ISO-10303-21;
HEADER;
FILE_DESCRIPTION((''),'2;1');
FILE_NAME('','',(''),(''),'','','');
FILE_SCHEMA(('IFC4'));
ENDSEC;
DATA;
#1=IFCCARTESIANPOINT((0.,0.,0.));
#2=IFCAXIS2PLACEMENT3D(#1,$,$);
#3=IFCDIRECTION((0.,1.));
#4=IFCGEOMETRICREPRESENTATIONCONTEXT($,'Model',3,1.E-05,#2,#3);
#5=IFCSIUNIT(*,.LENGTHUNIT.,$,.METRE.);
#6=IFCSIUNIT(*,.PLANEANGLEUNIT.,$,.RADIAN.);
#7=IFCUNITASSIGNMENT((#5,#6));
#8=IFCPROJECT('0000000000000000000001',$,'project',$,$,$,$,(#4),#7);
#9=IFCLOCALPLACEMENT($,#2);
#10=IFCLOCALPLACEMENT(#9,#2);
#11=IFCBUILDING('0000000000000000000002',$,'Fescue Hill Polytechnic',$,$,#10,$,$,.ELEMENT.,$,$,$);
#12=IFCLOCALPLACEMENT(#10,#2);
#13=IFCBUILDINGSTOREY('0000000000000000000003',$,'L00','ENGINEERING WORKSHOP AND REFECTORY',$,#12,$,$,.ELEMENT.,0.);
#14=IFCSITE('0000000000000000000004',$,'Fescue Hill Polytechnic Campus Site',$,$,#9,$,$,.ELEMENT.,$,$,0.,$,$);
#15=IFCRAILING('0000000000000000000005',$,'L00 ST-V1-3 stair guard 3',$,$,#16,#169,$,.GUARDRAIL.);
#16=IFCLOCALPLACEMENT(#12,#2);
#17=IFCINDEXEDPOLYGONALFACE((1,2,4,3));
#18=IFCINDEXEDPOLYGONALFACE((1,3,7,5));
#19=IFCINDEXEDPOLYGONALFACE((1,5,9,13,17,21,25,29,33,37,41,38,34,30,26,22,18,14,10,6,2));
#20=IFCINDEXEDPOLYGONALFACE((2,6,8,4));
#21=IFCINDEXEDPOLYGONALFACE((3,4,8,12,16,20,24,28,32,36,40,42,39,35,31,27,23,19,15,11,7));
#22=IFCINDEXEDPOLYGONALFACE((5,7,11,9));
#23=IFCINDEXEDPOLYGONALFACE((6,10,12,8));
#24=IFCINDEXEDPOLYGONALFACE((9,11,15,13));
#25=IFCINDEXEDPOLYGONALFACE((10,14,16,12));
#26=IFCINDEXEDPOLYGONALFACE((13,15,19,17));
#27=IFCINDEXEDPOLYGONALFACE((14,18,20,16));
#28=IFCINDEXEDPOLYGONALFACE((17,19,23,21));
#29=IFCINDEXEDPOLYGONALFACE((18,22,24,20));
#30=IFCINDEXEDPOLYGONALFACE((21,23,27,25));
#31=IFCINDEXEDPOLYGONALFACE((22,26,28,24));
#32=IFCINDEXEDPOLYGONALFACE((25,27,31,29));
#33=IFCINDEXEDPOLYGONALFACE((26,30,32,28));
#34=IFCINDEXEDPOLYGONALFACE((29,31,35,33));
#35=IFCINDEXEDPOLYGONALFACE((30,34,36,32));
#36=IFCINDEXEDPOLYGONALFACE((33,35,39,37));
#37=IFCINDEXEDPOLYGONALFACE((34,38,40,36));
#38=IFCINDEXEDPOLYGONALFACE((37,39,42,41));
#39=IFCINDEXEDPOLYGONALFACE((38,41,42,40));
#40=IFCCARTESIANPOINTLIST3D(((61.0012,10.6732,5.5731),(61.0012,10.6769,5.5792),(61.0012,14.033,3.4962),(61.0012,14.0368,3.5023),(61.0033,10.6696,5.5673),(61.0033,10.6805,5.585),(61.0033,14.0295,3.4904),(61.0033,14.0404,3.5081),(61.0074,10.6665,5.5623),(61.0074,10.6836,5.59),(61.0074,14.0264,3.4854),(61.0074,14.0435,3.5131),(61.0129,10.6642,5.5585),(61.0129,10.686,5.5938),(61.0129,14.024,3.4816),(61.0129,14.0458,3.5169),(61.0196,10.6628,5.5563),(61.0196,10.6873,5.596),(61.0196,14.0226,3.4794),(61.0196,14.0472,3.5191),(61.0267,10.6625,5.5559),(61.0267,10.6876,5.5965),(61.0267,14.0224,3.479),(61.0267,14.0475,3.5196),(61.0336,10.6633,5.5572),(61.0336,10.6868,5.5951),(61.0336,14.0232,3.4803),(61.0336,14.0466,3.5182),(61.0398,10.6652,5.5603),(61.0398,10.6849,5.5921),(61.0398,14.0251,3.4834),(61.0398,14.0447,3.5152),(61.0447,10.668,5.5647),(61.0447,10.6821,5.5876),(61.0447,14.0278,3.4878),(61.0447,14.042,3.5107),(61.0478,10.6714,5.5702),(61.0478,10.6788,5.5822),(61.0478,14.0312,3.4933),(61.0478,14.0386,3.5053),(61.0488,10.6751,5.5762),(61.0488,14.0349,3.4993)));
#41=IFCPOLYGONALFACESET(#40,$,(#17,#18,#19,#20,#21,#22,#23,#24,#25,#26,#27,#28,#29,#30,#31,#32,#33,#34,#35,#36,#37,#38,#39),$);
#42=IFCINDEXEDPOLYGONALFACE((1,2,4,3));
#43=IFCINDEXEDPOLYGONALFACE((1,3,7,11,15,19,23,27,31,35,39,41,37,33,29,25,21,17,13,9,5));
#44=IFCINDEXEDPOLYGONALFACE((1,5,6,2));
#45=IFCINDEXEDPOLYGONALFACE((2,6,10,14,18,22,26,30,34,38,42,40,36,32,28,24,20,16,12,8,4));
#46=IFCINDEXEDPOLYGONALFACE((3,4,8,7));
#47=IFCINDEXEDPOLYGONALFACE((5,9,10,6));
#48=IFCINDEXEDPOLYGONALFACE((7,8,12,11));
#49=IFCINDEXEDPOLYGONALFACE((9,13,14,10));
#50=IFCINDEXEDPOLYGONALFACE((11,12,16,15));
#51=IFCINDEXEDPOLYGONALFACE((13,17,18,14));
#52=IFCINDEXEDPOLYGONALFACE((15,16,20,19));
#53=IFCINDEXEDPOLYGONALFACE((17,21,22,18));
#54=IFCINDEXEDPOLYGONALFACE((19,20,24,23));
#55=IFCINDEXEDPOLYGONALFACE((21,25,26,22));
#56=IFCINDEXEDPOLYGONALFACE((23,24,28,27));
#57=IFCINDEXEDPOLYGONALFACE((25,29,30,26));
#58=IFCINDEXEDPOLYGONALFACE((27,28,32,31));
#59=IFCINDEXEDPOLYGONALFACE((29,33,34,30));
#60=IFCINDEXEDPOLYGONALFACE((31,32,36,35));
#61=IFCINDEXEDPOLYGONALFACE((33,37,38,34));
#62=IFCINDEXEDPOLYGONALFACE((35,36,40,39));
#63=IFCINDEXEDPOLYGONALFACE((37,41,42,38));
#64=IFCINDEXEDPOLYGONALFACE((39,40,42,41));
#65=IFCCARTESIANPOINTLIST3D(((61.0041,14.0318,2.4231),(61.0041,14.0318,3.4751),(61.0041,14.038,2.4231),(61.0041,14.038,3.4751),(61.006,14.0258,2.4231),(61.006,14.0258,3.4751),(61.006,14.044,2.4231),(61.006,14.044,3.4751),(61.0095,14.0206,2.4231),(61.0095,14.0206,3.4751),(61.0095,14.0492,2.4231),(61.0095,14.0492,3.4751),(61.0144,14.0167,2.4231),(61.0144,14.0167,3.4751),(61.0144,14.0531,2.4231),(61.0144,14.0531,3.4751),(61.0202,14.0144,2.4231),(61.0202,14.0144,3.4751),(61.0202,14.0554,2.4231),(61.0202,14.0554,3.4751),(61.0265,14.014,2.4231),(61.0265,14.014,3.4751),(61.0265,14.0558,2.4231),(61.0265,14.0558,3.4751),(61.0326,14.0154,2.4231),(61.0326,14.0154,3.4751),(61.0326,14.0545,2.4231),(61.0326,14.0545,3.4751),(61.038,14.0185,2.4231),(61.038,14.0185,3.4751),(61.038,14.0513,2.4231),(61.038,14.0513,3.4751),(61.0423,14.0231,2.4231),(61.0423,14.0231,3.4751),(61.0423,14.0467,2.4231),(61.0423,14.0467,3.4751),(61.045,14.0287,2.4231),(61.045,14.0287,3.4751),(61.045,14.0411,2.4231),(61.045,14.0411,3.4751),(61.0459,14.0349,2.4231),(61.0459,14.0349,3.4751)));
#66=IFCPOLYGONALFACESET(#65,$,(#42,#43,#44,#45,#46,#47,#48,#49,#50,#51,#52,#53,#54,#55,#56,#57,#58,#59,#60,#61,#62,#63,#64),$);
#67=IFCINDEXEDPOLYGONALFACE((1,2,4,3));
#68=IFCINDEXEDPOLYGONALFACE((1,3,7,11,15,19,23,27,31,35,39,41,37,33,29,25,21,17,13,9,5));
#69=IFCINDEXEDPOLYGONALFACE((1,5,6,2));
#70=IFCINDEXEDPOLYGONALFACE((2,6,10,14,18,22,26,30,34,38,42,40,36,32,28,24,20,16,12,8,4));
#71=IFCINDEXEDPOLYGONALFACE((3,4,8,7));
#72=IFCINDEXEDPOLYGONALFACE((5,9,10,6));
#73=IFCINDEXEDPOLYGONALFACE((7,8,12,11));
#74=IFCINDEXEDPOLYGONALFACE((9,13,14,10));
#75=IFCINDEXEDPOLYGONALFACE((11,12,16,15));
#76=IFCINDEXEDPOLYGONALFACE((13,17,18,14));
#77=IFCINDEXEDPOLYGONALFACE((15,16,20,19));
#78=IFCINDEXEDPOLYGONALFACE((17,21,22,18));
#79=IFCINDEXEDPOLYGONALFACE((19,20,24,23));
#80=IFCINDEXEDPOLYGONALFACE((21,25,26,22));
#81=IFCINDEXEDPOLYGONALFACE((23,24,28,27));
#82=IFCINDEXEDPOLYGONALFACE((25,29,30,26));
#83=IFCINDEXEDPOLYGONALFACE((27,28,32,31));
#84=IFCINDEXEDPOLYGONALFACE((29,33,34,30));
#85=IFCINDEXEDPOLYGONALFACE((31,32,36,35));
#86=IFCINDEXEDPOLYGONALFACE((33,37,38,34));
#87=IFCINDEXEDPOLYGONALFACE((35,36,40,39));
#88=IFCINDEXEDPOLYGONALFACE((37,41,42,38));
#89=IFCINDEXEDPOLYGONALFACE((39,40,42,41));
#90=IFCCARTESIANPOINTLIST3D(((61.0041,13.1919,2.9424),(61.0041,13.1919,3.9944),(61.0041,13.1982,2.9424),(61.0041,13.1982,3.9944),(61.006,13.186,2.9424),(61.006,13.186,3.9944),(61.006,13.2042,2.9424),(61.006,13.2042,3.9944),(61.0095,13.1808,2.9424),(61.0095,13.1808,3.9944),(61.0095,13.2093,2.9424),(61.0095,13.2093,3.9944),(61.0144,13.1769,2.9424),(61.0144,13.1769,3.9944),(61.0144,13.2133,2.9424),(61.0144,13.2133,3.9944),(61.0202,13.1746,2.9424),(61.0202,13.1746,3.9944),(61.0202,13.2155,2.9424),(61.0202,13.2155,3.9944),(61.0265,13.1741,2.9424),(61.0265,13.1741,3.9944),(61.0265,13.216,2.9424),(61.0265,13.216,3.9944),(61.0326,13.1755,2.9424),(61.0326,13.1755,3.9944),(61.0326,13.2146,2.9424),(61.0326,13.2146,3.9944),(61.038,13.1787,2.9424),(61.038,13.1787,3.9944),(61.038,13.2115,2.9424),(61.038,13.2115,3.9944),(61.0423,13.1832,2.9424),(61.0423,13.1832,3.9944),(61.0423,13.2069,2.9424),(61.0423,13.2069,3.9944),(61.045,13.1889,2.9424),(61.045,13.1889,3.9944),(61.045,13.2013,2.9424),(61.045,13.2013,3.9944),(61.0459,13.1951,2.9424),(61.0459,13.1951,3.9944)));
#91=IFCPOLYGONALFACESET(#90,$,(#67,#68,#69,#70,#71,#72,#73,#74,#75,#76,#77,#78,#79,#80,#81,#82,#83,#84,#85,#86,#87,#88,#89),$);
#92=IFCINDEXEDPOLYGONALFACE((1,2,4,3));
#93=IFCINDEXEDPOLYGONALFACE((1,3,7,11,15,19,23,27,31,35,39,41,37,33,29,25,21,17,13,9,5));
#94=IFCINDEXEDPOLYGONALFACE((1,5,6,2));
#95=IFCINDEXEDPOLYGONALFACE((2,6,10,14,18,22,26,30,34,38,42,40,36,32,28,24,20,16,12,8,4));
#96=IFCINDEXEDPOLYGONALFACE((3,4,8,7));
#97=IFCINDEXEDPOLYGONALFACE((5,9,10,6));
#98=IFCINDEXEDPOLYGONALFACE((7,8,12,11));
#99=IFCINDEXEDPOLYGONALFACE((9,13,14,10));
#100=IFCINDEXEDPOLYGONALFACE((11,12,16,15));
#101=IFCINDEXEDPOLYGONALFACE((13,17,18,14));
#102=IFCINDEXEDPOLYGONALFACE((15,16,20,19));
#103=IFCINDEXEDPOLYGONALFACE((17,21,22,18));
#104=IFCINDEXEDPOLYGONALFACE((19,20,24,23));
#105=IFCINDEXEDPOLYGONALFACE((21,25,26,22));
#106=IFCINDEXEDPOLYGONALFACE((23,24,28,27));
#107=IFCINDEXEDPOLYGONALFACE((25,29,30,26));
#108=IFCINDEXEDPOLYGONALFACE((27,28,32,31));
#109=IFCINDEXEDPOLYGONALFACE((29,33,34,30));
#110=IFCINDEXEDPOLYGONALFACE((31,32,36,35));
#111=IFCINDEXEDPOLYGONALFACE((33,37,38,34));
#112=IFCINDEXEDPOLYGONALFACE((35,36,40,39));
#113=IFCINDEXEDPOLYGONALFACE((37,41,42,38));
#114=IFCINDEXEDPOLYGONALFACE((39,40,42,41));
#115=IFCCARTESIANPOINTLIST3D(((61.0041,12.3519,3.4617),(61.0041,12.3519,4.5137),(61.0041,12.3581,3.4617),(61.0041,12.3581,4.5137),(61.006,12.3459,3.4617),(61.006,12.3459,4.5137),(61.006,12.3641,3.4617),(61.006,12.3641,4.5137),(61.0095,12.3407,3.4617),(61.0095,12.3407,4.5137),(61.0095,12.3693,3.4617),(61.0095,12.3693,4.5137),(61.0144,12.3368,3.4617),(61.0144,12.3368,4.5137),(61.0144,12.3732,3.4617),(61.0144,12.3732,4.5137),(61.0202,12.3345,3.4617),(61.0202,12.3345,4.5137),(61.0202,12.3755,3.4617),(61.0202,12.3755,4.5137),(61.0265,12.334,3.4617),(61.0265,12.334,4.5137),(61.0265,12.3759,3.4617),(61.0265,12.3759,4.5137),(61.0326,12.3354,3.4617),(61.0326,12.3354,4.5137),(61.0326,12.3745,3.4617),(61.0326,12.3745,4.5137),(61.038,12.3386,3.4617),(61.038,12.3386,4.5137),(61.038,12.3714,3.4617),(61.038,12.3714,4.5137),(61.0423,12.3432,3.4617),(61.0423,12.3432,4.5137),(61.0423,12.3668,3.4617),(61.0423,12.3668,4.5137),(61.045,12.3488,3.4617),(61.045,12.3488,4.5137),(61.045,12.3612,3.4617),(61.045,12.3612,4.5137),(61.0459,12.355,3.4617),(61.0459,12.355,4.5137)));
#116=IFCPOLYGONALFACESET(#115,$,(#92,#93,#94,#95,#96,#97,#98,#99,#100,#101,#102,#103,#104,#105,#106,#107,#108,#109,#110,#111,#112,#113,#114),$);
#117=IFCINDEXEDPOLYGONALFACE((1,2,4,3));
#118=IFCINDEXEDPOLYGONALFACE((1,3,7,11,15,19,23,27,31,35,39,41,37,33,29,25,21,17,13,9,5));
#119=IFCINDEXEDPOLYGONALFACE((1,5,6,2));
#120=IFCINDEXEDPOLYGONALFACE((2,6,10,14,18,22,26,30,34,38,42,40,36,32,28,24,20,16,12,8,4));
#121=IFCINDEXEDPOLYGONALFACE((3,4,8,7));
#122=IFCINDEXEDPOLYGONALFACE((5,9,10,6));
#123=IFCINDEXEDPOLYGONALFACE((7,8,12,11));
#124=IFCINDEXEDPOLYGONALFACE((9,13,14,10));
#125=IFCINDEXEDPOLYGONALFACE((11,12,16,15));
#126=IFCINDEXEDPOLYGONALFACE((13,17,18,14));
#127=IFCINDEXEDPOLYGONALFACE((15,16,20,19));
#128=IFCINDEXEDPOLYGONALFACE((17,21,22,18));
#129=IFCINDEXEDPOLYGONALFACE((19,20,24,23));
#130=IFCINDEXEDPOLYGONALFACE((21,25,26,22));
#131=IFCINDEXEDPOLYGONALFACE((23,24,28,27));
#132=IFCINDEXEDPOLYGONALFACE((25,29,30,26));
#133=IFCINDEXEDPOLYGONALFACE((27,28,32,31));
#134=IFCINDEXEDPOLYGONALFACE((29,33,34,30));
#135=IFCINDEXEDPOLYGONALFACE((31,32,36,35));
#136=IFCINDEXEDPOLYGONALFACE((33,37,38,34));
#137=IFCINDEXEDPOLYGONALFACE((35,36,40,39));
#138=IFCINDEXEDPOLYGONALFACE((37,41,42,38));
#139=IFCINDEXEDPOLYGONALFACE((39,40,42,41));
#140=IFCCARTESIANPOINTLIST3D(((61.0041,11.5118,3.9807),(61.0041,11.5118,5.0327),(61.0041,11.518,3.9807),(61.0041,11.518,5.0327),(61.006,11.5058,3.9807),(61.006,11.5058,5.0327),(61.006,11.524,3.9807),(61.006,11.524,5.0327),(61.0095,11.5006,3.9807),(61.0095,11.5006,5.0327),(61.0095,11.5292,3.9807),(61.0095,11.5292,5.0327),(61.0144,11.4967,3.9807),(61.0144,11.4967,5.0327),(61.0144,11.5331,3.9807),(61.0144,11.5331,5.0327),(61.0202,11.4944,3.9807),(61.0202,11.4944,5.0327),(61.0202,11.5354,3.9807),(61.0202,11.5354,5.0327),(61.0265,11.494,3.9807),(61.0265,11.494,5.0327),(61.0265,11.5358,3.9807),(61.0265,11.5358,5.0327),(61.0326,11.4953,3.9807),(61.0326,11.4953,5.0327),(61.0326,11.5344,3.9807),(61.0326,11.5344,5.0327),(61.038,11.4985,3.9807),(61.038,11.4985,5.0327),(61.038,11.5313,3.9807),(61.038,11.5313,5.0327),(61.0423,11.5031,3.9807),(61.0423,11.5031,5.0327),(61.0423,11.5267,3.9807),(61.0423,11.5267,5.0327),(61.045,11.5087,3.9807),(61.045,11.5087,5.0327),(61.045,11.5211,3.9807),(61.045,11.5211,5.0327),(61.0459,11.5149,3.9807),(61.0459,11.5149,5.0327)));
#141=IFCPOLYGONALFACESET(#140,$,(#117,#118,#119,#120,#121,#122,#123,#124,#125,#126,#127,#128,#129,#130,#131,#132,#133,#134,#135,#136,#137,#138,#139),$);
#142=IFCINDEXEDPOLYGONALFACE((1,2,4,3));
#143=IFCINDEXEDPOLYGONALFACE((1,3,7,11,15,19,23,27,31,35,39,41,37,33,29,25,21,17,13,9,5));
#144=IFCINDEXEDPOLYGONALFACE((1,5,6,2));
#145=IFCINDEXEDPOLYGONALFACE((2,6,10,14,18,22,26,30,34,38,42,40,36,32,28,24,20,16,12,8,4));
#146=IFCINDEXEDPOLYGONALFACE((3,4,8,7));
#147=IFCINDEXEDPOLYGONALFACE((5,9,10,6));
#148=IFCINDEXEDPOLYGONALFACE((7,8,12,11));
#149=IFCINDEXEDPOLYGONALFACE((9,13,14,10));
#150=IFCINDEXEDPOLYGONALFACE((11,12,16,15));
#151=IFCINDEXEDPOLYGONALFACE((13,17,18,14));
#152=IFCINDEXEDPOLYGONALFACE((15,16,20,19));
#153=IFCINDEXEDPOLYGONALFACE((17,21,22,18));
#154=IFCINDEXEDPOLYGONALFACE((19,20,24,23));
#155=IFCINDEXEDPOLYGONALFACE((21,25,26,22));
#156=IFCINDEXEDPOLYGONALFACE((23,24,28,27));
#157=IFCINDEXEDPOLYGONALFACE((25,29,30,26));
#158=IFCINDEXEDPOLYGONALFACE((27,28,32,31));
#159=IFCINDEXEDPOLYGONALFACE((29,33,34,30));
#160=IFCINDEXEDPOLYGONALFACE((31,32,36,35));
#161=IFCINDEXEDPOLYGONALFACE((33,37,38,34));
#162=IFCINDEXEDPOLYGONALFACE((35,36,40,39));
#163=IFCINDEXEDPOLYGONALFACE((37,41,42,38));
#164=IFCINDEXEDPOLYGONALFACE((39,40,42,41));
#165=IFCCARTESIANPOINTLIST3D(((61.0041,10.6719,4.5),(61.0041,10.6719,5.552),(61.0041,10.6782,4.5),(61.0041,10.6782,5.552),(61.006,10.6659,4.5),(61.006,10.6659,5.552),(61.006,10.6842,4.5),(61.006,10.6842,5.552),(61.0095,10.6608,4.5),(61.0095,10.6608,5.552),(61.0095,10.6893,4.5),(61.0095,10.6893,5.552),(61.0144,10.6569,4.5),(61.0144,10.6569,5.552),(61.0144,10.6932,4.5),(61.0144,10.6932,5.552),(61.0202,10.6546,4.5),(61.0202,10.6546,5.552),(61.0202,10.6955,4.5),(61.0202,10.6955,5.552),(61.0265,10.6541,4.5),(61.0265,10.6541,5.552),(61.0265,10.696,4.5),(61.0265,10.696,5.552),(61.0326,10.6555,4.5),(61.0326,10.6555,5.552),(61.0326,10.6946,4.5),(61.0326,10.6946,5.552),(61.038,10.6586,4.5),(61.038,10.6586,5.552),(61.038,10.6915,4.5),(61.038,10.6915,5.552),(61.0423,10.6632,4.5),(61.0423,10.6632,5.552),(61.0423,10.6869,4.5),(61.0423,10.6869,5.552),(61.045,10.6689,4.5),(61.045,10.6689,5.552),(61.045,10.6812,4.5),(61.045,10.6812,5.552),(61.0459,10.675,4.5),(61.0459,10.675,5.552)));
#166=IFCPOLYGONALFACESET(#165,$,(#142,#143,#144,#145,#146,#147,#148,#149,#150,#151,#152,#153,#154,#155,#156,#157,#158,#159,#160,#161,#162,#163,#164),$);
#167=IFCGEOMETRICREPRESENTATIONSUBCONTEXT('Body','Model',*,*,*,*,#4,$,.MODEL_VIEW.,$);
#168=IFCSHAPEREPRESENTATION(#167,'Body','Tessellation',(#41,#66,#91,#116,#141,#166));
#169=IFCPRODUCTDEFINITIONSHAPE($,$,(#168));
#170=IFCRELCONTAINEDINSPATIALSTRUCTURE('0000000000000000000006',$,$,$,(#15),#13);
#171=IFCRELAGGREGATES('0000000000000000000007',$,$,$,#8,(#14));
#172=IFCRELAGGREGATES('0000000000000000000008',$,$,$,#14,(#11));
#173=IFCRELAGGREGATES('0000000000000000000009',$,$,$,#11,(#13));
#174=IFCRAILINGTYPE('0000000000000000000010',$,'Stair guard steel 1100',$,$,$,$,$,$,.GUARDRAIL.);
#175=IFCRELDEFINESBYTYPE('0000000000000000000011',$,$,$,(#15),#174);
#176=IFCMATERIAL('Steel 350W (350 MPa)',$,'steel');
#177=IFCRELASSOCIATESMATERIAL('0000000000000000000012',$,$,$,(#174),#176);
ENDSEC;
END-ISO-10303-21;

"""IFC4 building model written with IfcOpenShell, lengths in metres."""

from ifc_helpers import new_model, si_unit, direction, frame, origin, origin_2d, place, context, subcontext, project, spatial, circle, extrude, material, type_object, element, save


model = new_model("IFC4")

# Units and contexts
model_context = context("Model", 3, precision=1e-05, world=origin(), true_north=direction((0.0, 1.0)))
body_context = subcontext(model_context, "Body", "Model", "MODEL_VIEW")
ifc_project = project(units=[si_unit("LENGTHUNIT", "METRE"), si_unit("PLANEANGLEUNIT", "RADIAN")], contexts=[model_context])

# Site, building, storey
site_placement = place(None, origin())
site = spatial("IfcSite", under=ifc_project, at=site_placement, Name="Fescue Hill Polytechnic Campus Site", CompositionType="ELEMENT", RefElevation=0.0)
building_placement = place(site_placement, origin())
building = spatial("IfcBuilding", under=site, at=building_placement, Name="Fescue Hill Polytechnic", CompositionType="ELEMENT")
storey_placement = place(building_placement, origin())
storey = spatial("IfcBuildingStorey", under=building, at=storey_placement, Name="L00", Description="ENGINEERING WORKSHOP AND REFECTORY", CompositionType="ELEMENT", Elevation=0.0)

# Railing
ifc_material_1 = material(Name="Steel 350W (350 MPa)", Category="steel")
railing_type_1 = type_object("IfcRailingType", Name="Stair guard steel 1100", PredefinedType="GUARDRAIL", material=ifc_material_1)
railing_1_placement = place(storey_placement, frame((61.0249, 14.0349, 2.4231)))
element("IfcRailing", 1, at=railing_1_placement, inside=storey, type_object=railing_type_1, Name="L00 ST-V1-3 stair guard 3", PredefinedType="GUARDRAIL", context=body_context, shape_type="SweptSolid", body=[
    extrude(circle(Radius=0.0239, at=origin_2d()), frame((0.0, 0.0, 1.0762), z_axis=(0.0, -0.850606, 0.525803), x_axis=(1.0, 0.0, 0.0)), (0.0, 0.0, 1.0), 3.95),
    extrude(circle(Radius=0.021, at=origin_2d()), origin(), (0.0, 0.0, 1.0), 1.052),
    extrude(circle(Radius=0.021, at=origin_2d()), frame((0.0, -0.8398, 0.5193)), (0.0, 0.0, 1.0), 1.052),
    extrude(circle(Radius=0.021, at=origin_2d()), frame((0.0, -1.6799, 1.0386)), (0.0, 0.0, 1.0), 1.052),
    extrude(circle(Radius=0.021, at=origin_2d()), frame((0.0, -2.52, 1.5576)), (0.0, 0.0, 1.0), 1.052),
    extrude(circle(Radius=0.021, at=origin_2d()), frame((0.0, -3.3599, 2.0769)), (0.0, 0.0, 1.0), 1.052),
])

save(model, "model.ifc")
